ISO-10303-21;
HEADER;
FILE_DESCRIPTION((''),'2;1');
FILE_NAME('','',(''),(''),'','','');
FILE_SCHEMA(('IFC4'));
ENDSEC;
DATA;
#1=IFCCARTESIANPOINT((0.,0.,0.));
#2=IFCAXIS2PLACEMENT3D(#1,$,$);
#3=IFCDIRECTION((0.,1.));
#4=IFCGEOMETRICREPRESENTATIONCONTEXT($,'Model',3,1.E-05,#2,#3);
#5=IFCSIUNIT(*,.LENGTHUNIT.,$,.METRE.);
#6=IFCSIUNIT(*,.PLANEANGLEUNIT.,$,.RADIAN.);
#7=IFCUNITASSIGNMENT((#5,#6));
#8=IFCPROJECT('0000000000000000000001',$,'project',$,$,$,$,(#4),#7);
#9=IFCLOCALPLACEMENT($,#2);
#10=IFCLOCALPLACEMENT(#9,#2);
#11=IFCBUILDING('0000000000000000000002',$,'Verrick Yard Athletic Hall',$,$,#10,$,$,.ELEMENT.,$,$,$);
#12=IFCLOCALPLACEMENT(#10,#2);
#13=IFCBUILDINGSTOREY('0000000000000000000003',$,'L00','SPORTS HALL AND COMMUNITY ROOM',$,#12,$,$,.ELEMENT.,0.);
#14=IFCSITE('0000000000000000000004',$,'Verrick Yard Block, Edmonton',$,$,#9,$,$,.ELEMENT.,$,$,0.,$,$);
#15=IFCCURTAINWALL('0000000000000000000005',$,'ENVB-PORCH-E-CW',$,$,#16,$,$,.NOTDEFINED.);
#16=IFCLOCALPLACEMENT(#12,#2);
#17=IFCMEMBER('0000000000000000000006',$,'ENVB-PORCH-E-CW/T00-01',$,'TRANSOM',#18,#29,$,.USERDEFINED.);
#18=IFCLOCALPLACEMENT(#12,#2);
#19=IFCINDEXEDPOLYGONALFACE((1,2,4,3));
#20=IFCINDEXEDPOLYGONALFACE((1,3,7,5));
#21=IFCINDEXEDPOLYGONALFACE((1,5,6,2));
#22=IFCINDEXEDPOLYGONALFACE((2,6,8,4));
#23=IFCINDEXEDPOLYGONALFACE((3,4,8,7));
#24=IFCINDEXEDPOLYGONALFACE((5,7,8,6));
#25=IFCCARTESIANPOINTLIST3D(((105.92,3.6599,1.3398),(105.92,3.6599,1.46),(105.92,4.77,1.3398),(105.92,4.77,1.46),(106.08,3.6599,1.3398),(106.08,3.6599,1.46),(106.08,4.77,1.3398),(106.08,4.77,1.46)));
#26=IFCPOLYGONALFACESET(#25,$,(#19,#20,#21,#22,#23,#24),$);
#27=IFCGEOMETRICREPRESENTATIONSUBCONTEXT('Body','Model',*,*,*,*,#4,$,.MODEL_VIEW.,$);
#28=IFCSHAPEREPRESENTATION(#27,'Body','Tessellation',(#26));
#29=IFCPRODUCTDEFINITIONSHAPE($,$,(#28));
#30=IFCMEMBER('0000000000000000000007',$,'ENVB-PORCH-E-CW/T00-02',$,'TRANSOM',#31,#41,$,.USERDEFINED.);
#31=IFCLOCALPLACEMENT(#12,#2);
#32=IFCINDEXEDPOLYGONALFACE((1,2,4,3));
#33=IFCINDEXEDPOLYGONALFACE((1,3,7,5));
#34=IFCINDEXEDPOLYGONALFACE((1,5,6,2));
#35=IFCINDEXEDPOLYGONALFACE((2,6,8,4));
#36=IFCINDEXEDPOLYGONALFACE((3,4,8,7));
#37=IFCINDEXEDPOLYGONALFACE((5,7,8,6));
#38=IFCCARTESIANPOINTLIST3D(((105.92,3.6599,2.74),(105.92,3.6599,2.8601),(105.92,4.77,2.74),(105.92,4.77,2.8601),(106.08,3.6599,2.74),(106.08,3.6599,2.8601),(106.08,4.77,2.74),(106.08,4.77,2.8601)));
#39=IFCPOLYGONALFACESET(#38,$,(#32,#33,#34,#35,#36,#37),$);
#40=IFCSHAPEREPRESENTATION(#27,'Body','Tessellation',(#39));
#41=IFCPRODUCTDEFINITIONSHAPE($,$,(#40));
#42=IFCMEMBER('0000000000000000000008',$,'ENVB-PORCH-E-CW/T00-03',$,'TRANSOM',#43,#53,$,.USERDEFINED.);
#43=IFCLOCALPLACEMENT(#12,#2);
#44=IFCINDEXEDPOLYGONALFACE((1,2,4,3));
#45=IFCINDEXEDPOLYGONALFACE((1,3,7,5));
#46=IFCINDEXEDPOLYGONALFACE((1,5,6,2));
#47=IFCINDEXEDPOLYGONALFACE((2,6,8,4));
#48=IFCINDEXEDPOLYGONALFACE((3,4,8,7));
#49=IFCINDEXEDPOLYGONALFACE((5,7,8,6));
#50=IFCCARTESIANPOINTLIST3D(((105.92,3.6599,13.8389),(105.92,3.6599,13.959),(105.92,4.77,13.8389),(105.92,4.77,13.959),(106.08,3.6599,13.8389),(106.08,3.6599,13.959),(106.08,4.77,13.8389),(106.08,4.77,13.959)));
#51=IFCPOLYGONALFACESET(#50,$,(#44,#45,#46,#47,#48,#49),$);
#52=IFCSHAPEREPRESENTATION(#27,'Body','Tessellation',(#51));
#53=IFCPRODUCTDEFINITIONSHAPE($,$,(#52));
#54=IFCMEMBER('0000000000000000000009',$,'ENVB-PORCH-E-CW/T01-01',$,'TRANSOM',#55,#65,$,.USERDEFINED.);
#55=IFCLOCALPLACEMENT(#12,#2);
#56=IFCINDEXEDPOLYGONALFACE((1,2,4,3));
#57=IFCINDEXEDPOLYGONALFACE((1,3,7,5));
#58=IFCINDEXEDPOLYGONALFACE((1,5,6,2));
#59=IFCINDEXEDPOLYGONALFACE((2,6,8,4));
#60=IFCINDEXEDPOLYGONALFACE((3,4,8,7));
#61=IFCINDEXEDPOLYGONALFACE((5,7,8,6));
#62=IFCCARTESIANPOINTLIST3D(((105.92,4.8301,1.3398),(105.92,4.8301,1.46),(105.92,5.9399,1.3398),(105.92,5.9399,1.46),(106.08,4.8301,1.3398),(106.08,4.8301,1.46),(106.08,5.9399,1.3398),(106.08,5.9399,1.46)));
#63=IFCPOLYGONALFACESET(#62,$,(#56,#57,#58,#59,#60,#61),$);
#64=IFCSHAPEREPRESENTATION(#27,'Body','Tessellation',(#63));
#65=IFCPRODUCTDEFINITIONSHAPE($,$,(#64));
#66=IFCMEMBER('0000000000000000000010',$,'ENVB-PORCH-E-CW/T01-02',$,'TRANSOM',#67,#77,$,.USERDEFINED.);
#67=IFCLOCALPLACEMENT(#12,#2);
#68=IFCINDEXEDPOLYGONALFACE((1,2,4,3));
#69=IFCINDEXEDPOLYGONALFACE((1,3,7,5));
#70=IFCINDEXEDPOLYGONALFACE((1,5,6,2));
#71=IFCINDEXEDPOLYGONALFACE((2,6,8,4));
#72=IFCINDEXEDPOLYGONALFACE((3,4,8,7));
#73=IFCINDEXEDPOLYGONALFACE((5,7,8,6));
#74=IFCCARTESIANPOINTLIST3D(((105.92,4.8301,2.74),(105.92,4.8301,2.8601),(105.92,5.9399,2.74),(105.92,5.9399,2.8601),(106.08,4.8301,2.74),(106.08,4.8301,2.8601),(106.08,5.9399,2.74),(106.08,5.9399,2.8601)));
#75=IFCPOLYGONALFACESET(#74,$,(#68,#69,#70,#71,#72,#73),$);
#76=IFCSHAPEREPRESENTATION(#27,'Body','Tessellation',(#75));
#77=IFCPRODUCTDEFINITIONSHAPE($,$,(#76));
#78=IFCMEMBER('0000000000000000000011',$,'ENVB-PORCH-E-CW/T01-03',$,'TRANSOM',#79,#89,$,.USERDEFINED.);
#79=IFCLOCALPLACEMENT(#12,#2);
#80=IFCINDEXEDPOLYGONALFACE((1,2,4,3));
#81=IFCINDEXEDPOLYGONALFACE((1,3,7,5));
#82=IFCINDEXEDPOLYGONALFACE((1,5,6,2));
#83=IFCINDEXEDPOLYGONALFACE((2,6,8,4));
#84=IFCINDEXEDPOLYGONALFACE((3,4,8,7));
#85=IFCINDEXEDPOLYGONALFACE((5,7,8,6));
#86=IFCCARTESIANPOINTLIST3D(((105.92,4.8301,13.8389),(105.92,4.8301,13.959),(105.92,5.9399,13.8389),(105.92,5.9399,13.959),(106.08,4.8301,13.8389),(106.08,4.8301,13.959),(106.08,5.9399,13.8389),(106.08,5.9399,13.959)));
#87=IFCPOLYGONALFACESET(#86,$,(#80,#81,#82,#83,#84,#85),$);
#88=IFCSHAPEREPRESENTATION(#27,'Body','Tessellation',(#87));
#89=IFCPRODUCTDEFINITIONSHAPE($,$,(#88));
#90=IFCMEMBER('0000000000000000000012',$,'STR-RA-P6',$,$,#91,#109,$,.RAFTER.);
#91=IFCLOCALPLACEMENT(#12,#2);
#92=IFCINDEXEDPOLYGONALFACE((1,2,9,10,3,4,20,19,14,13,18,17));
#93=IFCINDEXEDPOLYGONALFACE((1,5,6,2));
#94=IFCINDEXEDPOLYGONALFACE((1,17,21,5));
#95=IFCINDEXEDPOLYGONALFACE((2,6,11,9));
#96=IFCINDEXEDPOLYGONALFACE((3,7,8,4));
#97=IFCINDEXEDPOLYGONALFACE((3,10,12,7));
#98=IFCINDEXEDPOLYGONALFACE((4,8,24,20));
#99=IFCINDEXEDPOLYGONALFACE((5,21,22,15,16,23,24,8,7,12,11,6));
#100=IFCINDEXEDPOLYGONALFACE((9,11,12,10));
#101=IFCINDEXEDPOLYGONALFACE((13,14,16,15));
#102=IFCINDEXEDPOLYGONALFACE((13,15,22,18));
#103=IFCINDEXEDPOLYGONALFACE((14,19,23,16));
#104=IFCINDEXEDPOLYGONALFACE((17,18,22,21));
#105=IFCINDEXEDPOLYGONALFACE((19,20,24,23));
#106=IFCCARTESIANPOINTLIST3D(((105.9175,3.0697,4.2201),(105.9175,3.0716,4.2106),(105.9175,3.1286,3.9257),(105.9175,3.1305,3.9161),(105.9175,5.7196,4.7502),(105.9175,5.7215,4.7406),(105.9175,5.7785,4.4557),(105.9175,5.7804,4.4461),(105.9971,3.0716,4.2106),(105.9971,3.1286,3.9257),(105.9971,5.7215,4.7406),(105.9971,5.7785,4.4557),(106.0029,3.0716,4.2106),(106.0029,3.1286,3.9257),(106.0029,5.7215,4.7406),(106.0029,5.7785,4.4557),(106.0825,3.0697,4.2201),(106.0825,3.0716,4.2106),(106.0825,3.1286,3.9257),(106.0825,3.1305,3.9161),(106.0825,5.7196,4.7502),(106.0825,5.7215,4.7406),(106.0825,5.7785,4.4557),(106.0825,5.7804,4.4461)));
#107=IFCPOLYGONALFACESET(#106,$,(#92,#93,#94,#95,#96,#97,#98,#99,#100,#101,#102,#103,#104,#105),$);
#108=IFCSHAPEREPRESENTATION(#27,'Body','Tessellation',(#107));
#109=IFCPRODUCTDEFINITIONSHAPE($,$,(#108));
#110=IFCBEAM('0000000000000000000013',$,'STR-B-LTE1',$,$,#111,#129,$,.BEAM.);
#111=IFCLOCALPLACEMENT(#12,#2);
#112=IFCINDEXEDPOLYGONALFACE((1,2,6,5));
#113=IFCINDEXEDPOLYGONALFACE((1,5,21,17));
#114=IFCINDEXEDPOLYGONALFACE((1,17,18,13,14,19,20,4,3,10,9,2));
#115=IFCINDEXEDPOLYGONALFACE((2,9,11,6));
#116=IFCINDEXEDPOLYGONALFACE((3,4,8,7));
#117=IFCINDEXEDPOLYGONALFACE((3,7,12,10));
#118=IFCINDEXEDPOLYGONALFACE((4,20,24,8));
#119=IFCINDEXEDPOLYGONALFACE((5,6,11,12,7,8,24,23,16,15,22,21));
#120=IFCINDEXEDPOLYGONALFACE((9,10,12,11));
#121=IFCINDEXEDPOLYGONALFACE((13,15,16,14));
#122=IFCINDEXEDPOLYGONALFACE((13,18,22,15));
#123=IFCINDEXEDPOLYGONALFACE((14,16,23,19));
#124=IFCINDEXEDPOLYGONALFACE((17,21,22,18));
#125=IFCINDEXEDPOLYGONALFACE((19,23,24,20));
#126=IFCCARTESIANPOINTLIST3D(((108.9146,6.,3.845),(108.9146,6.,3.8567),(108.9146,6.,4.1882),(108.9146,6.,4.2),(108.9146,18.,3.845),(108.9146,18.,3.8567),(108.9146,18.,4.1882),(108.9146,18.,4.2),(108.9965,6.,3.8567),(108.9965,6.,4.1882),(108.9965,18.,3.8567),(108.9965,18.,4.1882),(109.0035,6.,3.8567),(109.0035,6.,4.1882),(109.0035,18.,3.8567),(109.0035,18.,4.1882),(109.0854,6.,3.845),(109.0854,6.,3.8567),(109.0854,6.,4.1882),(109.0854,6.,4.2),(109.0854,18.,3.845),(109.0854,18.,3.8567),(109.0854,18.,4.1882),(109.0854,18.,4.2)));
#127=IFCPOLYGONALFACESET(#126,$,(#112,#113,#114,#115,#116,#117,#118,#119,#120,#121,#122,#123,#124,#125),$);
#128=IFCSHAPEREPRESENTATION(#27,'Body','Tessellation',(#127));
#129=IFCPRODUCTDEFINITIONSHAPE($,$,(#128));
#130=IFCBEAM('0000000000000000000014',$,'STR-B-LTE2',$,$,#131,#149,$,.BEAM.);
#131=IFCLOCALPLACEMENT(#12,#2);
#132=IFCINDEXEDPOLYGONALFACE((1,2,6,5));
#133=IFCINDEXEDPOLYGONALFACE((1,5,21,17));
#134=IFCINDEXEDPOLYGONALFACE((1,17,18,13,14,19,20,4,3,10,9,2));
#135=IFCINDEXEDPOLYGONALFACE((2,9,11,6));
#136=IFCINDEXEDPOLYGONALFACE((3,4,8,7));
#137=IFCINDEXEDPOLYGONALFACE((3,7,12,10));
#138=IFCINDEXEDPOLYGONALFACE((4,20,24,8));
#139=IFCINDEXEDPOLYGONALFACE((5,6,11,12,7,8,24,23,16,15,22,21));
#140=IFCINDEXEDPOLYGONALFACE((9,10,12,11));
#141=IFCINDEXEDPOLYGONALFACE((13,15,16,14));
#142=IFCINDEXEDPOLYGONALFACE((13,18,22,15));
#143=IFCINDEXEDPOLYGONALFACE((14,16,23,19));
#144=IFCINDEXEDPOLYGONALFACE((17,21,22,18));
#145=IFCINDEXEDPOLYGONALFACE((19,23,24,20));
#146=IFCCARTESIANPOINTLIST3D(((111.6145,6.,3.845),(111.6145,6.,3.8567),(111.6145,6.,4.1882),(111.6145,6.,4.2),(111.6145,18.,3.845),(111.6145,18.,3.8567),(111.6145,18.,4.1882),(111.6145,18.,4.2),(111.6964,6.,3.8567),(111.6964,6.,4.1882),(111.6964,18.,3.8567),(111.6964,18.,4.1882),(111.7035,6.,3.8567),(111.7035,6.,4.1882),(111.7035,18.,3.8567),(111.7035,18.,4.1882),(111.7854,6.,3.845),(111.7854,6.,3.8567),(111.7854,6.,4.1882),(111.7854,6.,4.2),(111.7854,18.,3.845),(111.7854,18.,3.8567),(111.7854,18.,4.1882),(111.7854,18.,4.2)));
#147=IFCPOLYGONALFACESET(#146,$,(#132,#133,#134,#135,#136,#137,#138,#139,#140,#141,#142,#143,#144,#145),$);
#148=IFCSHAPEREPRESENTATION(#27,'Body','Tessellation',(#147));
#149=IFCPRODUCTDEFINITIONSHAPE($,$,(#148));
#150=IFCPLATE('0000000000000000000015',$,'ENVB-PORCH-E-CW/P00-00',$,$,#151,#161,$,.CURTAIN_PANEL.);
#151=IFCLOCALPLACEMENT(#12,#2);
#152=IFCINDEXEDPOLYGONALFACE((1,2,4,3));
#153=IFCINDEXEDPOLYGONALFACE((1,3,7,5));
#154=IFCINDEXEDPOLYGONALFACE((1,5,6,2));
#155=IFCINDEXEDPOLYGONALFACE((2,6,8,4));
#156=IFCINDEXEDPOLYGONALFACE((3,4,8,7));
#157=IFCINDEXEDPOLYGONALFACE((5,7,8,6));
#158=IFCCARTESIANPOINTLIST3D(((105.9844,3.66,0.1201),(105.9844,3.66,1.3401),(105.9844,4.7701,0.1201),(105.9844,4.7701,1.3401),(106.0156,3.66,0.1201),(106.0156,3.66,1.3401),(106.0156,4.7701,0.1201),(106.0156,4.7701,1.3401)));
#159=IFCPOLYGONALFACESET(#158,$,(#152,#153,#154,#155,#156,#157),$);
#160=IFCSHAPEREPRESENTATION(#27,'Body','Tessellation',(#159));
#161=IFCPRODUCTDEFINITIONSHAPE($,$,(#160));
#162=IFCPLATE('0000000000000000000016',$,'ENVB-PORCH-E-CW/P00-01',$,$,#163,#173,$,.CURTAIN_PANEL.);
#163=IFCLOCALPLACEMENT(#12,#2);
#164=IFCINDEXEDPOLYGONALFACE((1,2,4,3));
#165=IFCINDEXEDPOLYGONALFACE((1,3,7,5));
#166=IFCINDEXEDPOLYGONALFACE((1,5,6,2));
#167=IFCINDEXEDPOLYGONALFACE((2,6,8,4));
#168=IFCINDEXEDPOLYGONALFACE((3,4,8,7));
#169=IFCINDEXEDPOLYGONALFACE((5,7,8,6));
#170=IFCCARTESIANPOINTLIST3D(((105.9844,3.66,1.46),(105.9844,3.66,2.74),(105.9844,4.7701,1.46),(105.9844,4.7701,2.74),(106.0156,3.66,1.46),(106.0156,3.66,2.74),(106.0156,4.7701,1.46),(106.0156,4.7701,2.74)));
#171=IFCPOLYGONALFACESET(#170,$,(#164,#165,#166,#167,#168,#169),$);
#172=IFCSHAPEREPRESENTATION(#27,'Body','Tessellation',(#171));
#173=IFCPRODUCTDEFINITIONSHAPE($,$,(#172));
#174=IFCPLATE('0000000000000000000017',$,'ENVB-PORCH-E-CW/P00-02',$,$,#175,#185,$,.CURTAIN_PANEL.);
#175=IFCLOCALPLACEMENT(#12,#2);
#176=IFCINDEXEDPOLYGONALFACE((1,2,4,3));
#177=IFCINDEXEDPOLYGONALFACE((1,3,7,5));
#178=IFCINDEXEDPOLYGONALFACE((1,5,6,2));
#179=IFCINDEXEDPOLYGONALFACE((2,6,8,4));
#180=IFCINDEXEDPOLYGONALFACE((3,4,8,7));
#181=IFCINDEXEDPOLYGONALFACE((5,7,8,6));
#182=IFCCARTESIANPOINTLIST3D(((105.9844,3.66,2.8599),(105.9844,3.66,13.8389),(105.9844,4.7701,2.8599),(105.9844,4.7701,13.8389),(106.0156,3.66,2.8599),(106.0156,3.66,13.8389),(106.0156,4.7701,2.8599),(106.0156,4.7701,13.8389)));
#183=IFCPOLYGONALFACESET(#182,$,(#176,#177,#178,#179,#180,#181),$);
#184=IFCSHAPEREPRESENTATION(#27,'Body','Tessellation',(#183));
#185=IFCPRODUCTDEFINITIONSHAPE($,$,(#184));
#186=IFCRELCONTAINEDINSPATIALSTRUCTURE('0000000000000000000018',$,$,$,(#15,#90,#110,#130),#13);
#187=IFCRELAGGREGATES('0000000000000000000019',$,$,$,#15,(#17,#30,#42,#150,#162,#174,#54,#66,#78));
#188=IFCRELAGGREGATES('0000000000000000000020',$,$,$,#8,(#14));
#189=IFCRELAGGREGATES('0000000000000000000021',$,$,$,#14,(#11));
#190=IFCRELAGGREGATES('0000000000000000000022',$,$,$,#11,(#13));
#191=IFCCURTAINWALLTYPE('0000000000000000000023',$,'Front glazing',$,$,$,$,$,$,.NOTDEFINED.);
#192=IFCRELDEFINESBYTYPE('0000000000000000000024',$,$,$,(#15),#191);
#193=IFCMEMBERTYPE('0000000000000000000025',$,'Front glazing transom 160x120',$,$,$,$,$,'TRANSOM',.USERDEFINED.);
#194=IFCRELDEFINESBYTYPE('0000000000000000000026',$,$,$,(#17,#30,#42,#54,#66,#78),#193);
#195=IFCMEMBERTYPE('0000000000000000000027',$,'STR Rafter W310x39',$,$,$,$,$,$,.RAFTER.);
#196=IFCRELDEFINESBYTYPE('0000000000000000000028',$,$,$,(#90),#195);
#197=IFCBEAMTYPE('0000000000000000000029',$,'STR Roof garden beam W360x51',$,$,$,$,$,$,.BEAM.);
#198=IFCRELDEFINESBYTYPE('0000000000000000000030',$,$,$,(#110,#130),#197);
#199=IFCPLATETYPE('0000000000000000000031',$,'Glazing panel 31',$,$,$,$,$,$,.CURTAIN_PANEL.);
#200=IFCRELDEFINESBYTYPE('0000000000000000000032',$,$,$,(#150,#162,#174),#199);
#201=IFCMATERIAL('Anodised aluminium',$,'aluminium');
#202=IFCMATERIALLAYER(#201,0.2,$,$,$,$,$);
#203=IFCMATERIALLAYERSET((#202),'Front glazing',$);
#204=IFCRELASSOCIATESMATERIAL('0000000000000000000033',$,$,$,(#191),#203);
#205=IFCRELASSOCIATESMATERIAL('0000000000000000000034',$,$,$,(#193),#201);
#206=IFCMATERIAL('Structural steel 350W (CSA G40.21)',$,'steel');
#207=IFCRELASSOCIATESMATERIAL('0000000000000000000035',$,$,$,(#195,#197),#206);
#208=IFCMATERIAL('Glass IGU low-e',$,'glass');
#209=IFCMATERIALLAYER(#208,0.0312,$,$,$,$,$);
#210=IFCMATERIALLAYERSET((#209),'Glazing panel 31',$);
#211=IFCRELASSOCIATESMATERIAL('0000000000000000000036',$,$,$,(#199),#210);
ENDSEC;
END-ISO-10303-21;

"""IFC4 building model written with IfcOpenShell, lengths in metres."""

from ifc_helpers import new_model, si_unit, direction, frame, origin, origin_2d, place, context, subcontext, project, spatial, rectangle, i_section, extrude, material, layer, layer_set, material_profile, profile_set, type_object, element, aggregate, save


model = new_model("IFC4")

# Units and contexts
model_context = context("Model", 3, precision=1e-05, world=origin(), true_north=direction((0.0, 1.0)))
body_context = subcontext(model_context, "Body", "Model", "MODEL_VIEW")
ifc_project = project(units=[si_unit("LENGTHUNIT", "METRE"), si_unit("PLANEANGLEUNIT", "RADIAN")], contexts=[model_context])

# Site, building, storey
site_placement = place(None, origin())
site = spatial("IfcSite", under=ifc_project, at=site_placement, Name="Verrick Yard Block, Edmonton", CompositionType="ELEMENT", RefElevation=0.0)
building_placement = place(site_placement, origin())
building = spatial("IfcBuilding", under=site, at=building_placement, Name="Verrick Yard Athletic Hall", CompositionType="ELEMENT")
storey_placement = place(building_placement, origin())
storey = spatial("IfcBuildingStorey", under=building, at=storey_placement, Name="L00", Description="SPORTS HALL AND COMMUNITY ROOM", CompositionType="ELEMENT", Elevation=0.0)

# Curtain wall, members
ifc_material_1 = material(Name="Anodised aluminium", Category="aluminium")
ifc_layer_1 = layer(ifc_material_1, 0.2)
ifc_layer_set_1 = layer_set([ifc_layer_1], Name="Front glazing")
curtain_wall_type = type_object("IfcCurtainWallType", Name="Front glazing", PredefinedType="NOTDEFINED", material=ifc_layer_set_1)
curtain_wall_placement = place(storey_placement, origin())
curtain_wall = element("IfcCurtainWall", 1, at=curtain_wall_placement, inside=storey, type_object=curtain_wall_type, Name="ENVB-PORCH-E-CW", PredefinedType="NOTDEFINED")
ifc_material_profile_1 = material_profile(ifc_material_1, rectangle(XDim=0.1599, YDim=0.1201, at=origin_2d()), Name="CW transom 160x120")
ifc_profile_set_1 = profile_set([ifc_material_profile_1], Name="Anodised aluminium")
member_type_1 = type_object("IfcMemberType", Name="Front glazing transom 160x120", ElementType="TRANSOM", PredefinedType="USERDEFINED", material=ifc_profile_set_1)
member_1_placement = place(storey_placement, frame((106.0, 3.6599, 1.3999), z_axis=(0.0, 1.0, 0.0), x_axis=(-1.0, 0.0, 0.0)))
member_1 = element("IfcMember", 2, at=member_1_placement, type_object=member_type_1, Name="ENVB-PORCH-E-CW/T00-01", ObjectType="TRANSOM", PredefinedType="USERDEFINED", context=body_context, shape_type="SweptSolid", body=[
    extrude(rectangle(XDim=0.1599, YDim=0.1201, at=origin_2d()), origin(), (0.0, 0.0, 1.0), 1.1101),
])
member_2_placement = place(storey_placement, frame((106.0, 3.6599, 2.8), z_axis=(0.0, 1.0, 0.0), x_axis=(-1.0, 0.0, 0.0)))
member_2 = element("IfcMember", 3, at=member_2_placement, type_object=member_type_1, Name="ENVB-PORCH-E-CW/T00-02", ObjectType="TRANSOM", PredefinedType="USERDEFINED", context=body_context, shape_type="SweptSolid", body=[
    extrude(rectangle(XDim=0.1599, YDim=0.1201, at=origin_2d()), origin(), (0.0, 0.0, 1.0), 1.1101),
])
member_3_placement = place(storey_placement, frame((106.0, 3.6599, 13.8989), z_axis=(0.0, 1.0, 0.0), x_axis=(-1.0, 0.0, 0.0)))
member_3 = element("IfcMember", 4, at=member_3_placement, type_object=member_type_1, Name="ENVB-PORCH-E-CW/T00-03", ObjectType="TRANSOM", PredefinedType="USERDEFINED", context=body_context, shape_type="SweptSolid", body=[
    extrude(rectangle(XDim=0.1599, YDim=0.1201, at=origin_2d()), origin(), (0.0, 0.0, 1.0), 1.1101),
])
member_4_placement = place(storey_placement, frame((106.0, 4.8301, 1.3999), z_axis=(0.0, 1.0, 0.0), x_axis=(-1.0, 0.0, 0.0)))
member_4 = element("IfcMember", 5, at=member_4_placement, type_object=member_type_1, Name="ENVB-PORCH-E-CW/T01-01", ObjectType="TRANSOM", PredefinedType="USERDEFINED", context=body_context, shape_type="SweptSolid", body=[
    extrude(rectangle(XDim=0.1599, YDim=0.1201, at=origin_2d()), origin(), (0.0, 0.0, 1.0), 1.1099),
])
member_5_placement = place(storey_placement, frame((106.0, 4.8301, 2.8), z_axis=(0.0, 1.0, 0.0), x_axis=(-1.0, 0.0, 0.0)))
member_5 = element("IfcMember", 6, at=member_5_placement, type_object=member_type_1, Name="ENVB-PORCH-E-CW/T01-02", ObjectType="TRANSOM", PredefinedType="USERDEFINED", context=body_context, shape_type="SweptSolid", body=[
    extrude(rectangle(XDim=0.1599, YDim=0.1201, at=origin_2d()), origin(), (0.0, 0.0, 1.0), 1.1099),
])
member_6_placement = place(storey_placement, frame((106.0, 4.8301, 13.8989), z_axis=(0.0, 1.0, 0.0), x_axis=(-1.0, 0.0, 0.0)))
member_6 = element("IfcMember", 7, at=member_6_placement, type_object=member_type_1, Name="ENVB-PORCH-E-CW/T01-03", ObjectType="TRANSOM", PredefinedType="USERDEFINED", context=body_context, shape_type="SweptSolid", body=[
    extrude(rectangle(XDim=0.1599, YDim=0.1201, at=origin_2d()), origin(), (0.0, 0.0, 1.0), 1.1099),
])

# Member
ifc_material_2 = material(Name="Structural steel 350W (CSA G40.21)", Category="steel")
ifc_material_profile_2 = material_profile(ifc_material_2, i_section(OverallWidth=0.165, OverallDepth=0.3101, WebThickness=0.0059, FlangeThickness=0.0098, at=origin_2d()), Name="W310x39")
ifc_profile_set_2 = profile_set([ifc_material_profile_2], Name="Structural steel 350W (CSA G40.21)")
member_type_2 = type_object("IfcMemberType", Name="STR Rafter W310x39", PredefinedType="RAFTER", material=ifc_profile_set_2)
member_7_placement = place(storey_placement, frame((106.0, 3.1001, 4.0681), z_axis=(0.0, 0.980577, 0.196134), x_axis=(-1.0, 0.0, 0.0)))
element("IfcMember", 8, at=member_7_placement, inside=storey, type_object=member_type_2, Name="STR-RA-P6", PredefinedType="RAFTER", context=body_context, shape_type="SweptSolid", body=[
    extrude(i_section(OverallWidth=0.165, OverallDepth=0.3101, WebThickness=0.0059, FlangeThickness=0.0098, at=origin_2d()), origin(), (0.0, 0.0, 1.0), 2.7024),
])

# Beams
ifc_material_profile_3 = material_profile(ifc_material_2, i_section(OverallWidth=0.1709, OverallDepth=0.355, WebThickness=0.0071, FlangeThickness=0.0117, at=origin_2d()), Name="W360x51")
ifc_profile_set_3 = profile_set([ifc_material_profile_3], Name="Structural steel 350W (CSA G40.21)")
beam_type = type_object("IfcBeamType", Name="STR Roof garden beam W360x51", PredefinedType="BEAM", material=ifc_profile_set_3)
for number, where, z_axis, x_axis, name in (
    (9, (109.0, 6.0, 4.0225), (0.0, 1.0, 0.0), (-1.0, 0.0, 0.0), "STR-B-LTE1"),
    (10, (111.7, 6.0, 4.0225), (0.0, 1.0, 0.0), (-1.0, 0.0, 0.0), "STR-B-LTE2"),
):
    element("IfcBeam", number, at=place(storey_placement, frame(where, z_axis=z_axis, x_axis=x_axis)), inside=storey, type_object=beam_type, Name=name, PredefinedType="BEAM", context=body_context, shape_type="SweptSolid", body=[
        extrude(i_section(OverallWidth=0.1709, OverallDepth=0.355, WebThickness=0.0071, FlangeThickness=0.0117, at=origin_2d()), origin(), (0.0, 0.0, 1.0), 12.0),
    ])

# Plates
ifc_material_3 = material(Name="Glass IGU low-e", Category="glass")
ifc_layer_2 = layer(ifc_material_3, 0.0312)
ifc_layer_set_2 = layer_set([ifc_layer_2], Name="Glazing panel 31")
plate_type = type_object("IfcPlateType", Name="Glazing panel 31", PredefinedType="CURTAIN_PANEL", material=ifc_layer_set_2)
plate_1_placement = place(storey_placement, frame((106.0, 4.2151, 0.1201), z_axis=(0.0, 0.0, 1.0), x_axis=(0.0, 1.0, 0.0)))
plate_1 = element("IfcPlate", 11, at=plate_1_placement, type_object=plate_type, Name="ENVB-PORCH-E-CW/P00-00", PredefinedType="CURTAIN_PANEL", context=body_context, shape_type="SweptSolid", body=[
    extrude(rectangle(XDim=1.1101, YDim=0.0312, at=origin_2d()), origin(), (0.0, 0.0, 1.0), 1.22),
])
plate_2_placement = place(storey_placement, frame((106.0, 4.2151, 1.46), z_axis=(0.0, 0.0, 1.0), x_axis=(0.0, 1.0, 0.0)))
plate_2 = element("IfcPlate", 12, at=plate_2_placement, type_object=plate_type, Name="ENVB-PORCH-E-CW/P00-01", PredefinedType="CURTAIN_PANEL", context=body_context, shape_type="SweptSolid", body=[
    extrude(rectangle(XDim=1.1101, YDim=0.0312, at=origin_2d()), origin(), (0.0, 0.0, 1.0), 1.28),
])
plate_3_placement = place(storey_placement, frame((106.0, 4.2151, 2.8599), z_axis=(0.0, 0.0, 1.0), x_axis=(0.0, 1.0, 0.0)))
plate_3 = element("IfcPlate", 13, at=plate_3_placement, type_object=plate_type, Name="ENVB-PORCH-E-CW/P00-02", PredefinedType="CURTAIN_PANEL", context=body_context, shape_type="SweptSolid", body=[
    extrude(rectangle(XDim=1.1101, YDim=0.0312, at=origin_2d()), origin(), (0.0, 0.0, 1.0), 10.979),
])
aggregate(curtain_wall, [member_1, member_2, member_3, plate_1, plate_2, plate_3, member_4, member_5, member_6])

save(model, "model.ifc")
